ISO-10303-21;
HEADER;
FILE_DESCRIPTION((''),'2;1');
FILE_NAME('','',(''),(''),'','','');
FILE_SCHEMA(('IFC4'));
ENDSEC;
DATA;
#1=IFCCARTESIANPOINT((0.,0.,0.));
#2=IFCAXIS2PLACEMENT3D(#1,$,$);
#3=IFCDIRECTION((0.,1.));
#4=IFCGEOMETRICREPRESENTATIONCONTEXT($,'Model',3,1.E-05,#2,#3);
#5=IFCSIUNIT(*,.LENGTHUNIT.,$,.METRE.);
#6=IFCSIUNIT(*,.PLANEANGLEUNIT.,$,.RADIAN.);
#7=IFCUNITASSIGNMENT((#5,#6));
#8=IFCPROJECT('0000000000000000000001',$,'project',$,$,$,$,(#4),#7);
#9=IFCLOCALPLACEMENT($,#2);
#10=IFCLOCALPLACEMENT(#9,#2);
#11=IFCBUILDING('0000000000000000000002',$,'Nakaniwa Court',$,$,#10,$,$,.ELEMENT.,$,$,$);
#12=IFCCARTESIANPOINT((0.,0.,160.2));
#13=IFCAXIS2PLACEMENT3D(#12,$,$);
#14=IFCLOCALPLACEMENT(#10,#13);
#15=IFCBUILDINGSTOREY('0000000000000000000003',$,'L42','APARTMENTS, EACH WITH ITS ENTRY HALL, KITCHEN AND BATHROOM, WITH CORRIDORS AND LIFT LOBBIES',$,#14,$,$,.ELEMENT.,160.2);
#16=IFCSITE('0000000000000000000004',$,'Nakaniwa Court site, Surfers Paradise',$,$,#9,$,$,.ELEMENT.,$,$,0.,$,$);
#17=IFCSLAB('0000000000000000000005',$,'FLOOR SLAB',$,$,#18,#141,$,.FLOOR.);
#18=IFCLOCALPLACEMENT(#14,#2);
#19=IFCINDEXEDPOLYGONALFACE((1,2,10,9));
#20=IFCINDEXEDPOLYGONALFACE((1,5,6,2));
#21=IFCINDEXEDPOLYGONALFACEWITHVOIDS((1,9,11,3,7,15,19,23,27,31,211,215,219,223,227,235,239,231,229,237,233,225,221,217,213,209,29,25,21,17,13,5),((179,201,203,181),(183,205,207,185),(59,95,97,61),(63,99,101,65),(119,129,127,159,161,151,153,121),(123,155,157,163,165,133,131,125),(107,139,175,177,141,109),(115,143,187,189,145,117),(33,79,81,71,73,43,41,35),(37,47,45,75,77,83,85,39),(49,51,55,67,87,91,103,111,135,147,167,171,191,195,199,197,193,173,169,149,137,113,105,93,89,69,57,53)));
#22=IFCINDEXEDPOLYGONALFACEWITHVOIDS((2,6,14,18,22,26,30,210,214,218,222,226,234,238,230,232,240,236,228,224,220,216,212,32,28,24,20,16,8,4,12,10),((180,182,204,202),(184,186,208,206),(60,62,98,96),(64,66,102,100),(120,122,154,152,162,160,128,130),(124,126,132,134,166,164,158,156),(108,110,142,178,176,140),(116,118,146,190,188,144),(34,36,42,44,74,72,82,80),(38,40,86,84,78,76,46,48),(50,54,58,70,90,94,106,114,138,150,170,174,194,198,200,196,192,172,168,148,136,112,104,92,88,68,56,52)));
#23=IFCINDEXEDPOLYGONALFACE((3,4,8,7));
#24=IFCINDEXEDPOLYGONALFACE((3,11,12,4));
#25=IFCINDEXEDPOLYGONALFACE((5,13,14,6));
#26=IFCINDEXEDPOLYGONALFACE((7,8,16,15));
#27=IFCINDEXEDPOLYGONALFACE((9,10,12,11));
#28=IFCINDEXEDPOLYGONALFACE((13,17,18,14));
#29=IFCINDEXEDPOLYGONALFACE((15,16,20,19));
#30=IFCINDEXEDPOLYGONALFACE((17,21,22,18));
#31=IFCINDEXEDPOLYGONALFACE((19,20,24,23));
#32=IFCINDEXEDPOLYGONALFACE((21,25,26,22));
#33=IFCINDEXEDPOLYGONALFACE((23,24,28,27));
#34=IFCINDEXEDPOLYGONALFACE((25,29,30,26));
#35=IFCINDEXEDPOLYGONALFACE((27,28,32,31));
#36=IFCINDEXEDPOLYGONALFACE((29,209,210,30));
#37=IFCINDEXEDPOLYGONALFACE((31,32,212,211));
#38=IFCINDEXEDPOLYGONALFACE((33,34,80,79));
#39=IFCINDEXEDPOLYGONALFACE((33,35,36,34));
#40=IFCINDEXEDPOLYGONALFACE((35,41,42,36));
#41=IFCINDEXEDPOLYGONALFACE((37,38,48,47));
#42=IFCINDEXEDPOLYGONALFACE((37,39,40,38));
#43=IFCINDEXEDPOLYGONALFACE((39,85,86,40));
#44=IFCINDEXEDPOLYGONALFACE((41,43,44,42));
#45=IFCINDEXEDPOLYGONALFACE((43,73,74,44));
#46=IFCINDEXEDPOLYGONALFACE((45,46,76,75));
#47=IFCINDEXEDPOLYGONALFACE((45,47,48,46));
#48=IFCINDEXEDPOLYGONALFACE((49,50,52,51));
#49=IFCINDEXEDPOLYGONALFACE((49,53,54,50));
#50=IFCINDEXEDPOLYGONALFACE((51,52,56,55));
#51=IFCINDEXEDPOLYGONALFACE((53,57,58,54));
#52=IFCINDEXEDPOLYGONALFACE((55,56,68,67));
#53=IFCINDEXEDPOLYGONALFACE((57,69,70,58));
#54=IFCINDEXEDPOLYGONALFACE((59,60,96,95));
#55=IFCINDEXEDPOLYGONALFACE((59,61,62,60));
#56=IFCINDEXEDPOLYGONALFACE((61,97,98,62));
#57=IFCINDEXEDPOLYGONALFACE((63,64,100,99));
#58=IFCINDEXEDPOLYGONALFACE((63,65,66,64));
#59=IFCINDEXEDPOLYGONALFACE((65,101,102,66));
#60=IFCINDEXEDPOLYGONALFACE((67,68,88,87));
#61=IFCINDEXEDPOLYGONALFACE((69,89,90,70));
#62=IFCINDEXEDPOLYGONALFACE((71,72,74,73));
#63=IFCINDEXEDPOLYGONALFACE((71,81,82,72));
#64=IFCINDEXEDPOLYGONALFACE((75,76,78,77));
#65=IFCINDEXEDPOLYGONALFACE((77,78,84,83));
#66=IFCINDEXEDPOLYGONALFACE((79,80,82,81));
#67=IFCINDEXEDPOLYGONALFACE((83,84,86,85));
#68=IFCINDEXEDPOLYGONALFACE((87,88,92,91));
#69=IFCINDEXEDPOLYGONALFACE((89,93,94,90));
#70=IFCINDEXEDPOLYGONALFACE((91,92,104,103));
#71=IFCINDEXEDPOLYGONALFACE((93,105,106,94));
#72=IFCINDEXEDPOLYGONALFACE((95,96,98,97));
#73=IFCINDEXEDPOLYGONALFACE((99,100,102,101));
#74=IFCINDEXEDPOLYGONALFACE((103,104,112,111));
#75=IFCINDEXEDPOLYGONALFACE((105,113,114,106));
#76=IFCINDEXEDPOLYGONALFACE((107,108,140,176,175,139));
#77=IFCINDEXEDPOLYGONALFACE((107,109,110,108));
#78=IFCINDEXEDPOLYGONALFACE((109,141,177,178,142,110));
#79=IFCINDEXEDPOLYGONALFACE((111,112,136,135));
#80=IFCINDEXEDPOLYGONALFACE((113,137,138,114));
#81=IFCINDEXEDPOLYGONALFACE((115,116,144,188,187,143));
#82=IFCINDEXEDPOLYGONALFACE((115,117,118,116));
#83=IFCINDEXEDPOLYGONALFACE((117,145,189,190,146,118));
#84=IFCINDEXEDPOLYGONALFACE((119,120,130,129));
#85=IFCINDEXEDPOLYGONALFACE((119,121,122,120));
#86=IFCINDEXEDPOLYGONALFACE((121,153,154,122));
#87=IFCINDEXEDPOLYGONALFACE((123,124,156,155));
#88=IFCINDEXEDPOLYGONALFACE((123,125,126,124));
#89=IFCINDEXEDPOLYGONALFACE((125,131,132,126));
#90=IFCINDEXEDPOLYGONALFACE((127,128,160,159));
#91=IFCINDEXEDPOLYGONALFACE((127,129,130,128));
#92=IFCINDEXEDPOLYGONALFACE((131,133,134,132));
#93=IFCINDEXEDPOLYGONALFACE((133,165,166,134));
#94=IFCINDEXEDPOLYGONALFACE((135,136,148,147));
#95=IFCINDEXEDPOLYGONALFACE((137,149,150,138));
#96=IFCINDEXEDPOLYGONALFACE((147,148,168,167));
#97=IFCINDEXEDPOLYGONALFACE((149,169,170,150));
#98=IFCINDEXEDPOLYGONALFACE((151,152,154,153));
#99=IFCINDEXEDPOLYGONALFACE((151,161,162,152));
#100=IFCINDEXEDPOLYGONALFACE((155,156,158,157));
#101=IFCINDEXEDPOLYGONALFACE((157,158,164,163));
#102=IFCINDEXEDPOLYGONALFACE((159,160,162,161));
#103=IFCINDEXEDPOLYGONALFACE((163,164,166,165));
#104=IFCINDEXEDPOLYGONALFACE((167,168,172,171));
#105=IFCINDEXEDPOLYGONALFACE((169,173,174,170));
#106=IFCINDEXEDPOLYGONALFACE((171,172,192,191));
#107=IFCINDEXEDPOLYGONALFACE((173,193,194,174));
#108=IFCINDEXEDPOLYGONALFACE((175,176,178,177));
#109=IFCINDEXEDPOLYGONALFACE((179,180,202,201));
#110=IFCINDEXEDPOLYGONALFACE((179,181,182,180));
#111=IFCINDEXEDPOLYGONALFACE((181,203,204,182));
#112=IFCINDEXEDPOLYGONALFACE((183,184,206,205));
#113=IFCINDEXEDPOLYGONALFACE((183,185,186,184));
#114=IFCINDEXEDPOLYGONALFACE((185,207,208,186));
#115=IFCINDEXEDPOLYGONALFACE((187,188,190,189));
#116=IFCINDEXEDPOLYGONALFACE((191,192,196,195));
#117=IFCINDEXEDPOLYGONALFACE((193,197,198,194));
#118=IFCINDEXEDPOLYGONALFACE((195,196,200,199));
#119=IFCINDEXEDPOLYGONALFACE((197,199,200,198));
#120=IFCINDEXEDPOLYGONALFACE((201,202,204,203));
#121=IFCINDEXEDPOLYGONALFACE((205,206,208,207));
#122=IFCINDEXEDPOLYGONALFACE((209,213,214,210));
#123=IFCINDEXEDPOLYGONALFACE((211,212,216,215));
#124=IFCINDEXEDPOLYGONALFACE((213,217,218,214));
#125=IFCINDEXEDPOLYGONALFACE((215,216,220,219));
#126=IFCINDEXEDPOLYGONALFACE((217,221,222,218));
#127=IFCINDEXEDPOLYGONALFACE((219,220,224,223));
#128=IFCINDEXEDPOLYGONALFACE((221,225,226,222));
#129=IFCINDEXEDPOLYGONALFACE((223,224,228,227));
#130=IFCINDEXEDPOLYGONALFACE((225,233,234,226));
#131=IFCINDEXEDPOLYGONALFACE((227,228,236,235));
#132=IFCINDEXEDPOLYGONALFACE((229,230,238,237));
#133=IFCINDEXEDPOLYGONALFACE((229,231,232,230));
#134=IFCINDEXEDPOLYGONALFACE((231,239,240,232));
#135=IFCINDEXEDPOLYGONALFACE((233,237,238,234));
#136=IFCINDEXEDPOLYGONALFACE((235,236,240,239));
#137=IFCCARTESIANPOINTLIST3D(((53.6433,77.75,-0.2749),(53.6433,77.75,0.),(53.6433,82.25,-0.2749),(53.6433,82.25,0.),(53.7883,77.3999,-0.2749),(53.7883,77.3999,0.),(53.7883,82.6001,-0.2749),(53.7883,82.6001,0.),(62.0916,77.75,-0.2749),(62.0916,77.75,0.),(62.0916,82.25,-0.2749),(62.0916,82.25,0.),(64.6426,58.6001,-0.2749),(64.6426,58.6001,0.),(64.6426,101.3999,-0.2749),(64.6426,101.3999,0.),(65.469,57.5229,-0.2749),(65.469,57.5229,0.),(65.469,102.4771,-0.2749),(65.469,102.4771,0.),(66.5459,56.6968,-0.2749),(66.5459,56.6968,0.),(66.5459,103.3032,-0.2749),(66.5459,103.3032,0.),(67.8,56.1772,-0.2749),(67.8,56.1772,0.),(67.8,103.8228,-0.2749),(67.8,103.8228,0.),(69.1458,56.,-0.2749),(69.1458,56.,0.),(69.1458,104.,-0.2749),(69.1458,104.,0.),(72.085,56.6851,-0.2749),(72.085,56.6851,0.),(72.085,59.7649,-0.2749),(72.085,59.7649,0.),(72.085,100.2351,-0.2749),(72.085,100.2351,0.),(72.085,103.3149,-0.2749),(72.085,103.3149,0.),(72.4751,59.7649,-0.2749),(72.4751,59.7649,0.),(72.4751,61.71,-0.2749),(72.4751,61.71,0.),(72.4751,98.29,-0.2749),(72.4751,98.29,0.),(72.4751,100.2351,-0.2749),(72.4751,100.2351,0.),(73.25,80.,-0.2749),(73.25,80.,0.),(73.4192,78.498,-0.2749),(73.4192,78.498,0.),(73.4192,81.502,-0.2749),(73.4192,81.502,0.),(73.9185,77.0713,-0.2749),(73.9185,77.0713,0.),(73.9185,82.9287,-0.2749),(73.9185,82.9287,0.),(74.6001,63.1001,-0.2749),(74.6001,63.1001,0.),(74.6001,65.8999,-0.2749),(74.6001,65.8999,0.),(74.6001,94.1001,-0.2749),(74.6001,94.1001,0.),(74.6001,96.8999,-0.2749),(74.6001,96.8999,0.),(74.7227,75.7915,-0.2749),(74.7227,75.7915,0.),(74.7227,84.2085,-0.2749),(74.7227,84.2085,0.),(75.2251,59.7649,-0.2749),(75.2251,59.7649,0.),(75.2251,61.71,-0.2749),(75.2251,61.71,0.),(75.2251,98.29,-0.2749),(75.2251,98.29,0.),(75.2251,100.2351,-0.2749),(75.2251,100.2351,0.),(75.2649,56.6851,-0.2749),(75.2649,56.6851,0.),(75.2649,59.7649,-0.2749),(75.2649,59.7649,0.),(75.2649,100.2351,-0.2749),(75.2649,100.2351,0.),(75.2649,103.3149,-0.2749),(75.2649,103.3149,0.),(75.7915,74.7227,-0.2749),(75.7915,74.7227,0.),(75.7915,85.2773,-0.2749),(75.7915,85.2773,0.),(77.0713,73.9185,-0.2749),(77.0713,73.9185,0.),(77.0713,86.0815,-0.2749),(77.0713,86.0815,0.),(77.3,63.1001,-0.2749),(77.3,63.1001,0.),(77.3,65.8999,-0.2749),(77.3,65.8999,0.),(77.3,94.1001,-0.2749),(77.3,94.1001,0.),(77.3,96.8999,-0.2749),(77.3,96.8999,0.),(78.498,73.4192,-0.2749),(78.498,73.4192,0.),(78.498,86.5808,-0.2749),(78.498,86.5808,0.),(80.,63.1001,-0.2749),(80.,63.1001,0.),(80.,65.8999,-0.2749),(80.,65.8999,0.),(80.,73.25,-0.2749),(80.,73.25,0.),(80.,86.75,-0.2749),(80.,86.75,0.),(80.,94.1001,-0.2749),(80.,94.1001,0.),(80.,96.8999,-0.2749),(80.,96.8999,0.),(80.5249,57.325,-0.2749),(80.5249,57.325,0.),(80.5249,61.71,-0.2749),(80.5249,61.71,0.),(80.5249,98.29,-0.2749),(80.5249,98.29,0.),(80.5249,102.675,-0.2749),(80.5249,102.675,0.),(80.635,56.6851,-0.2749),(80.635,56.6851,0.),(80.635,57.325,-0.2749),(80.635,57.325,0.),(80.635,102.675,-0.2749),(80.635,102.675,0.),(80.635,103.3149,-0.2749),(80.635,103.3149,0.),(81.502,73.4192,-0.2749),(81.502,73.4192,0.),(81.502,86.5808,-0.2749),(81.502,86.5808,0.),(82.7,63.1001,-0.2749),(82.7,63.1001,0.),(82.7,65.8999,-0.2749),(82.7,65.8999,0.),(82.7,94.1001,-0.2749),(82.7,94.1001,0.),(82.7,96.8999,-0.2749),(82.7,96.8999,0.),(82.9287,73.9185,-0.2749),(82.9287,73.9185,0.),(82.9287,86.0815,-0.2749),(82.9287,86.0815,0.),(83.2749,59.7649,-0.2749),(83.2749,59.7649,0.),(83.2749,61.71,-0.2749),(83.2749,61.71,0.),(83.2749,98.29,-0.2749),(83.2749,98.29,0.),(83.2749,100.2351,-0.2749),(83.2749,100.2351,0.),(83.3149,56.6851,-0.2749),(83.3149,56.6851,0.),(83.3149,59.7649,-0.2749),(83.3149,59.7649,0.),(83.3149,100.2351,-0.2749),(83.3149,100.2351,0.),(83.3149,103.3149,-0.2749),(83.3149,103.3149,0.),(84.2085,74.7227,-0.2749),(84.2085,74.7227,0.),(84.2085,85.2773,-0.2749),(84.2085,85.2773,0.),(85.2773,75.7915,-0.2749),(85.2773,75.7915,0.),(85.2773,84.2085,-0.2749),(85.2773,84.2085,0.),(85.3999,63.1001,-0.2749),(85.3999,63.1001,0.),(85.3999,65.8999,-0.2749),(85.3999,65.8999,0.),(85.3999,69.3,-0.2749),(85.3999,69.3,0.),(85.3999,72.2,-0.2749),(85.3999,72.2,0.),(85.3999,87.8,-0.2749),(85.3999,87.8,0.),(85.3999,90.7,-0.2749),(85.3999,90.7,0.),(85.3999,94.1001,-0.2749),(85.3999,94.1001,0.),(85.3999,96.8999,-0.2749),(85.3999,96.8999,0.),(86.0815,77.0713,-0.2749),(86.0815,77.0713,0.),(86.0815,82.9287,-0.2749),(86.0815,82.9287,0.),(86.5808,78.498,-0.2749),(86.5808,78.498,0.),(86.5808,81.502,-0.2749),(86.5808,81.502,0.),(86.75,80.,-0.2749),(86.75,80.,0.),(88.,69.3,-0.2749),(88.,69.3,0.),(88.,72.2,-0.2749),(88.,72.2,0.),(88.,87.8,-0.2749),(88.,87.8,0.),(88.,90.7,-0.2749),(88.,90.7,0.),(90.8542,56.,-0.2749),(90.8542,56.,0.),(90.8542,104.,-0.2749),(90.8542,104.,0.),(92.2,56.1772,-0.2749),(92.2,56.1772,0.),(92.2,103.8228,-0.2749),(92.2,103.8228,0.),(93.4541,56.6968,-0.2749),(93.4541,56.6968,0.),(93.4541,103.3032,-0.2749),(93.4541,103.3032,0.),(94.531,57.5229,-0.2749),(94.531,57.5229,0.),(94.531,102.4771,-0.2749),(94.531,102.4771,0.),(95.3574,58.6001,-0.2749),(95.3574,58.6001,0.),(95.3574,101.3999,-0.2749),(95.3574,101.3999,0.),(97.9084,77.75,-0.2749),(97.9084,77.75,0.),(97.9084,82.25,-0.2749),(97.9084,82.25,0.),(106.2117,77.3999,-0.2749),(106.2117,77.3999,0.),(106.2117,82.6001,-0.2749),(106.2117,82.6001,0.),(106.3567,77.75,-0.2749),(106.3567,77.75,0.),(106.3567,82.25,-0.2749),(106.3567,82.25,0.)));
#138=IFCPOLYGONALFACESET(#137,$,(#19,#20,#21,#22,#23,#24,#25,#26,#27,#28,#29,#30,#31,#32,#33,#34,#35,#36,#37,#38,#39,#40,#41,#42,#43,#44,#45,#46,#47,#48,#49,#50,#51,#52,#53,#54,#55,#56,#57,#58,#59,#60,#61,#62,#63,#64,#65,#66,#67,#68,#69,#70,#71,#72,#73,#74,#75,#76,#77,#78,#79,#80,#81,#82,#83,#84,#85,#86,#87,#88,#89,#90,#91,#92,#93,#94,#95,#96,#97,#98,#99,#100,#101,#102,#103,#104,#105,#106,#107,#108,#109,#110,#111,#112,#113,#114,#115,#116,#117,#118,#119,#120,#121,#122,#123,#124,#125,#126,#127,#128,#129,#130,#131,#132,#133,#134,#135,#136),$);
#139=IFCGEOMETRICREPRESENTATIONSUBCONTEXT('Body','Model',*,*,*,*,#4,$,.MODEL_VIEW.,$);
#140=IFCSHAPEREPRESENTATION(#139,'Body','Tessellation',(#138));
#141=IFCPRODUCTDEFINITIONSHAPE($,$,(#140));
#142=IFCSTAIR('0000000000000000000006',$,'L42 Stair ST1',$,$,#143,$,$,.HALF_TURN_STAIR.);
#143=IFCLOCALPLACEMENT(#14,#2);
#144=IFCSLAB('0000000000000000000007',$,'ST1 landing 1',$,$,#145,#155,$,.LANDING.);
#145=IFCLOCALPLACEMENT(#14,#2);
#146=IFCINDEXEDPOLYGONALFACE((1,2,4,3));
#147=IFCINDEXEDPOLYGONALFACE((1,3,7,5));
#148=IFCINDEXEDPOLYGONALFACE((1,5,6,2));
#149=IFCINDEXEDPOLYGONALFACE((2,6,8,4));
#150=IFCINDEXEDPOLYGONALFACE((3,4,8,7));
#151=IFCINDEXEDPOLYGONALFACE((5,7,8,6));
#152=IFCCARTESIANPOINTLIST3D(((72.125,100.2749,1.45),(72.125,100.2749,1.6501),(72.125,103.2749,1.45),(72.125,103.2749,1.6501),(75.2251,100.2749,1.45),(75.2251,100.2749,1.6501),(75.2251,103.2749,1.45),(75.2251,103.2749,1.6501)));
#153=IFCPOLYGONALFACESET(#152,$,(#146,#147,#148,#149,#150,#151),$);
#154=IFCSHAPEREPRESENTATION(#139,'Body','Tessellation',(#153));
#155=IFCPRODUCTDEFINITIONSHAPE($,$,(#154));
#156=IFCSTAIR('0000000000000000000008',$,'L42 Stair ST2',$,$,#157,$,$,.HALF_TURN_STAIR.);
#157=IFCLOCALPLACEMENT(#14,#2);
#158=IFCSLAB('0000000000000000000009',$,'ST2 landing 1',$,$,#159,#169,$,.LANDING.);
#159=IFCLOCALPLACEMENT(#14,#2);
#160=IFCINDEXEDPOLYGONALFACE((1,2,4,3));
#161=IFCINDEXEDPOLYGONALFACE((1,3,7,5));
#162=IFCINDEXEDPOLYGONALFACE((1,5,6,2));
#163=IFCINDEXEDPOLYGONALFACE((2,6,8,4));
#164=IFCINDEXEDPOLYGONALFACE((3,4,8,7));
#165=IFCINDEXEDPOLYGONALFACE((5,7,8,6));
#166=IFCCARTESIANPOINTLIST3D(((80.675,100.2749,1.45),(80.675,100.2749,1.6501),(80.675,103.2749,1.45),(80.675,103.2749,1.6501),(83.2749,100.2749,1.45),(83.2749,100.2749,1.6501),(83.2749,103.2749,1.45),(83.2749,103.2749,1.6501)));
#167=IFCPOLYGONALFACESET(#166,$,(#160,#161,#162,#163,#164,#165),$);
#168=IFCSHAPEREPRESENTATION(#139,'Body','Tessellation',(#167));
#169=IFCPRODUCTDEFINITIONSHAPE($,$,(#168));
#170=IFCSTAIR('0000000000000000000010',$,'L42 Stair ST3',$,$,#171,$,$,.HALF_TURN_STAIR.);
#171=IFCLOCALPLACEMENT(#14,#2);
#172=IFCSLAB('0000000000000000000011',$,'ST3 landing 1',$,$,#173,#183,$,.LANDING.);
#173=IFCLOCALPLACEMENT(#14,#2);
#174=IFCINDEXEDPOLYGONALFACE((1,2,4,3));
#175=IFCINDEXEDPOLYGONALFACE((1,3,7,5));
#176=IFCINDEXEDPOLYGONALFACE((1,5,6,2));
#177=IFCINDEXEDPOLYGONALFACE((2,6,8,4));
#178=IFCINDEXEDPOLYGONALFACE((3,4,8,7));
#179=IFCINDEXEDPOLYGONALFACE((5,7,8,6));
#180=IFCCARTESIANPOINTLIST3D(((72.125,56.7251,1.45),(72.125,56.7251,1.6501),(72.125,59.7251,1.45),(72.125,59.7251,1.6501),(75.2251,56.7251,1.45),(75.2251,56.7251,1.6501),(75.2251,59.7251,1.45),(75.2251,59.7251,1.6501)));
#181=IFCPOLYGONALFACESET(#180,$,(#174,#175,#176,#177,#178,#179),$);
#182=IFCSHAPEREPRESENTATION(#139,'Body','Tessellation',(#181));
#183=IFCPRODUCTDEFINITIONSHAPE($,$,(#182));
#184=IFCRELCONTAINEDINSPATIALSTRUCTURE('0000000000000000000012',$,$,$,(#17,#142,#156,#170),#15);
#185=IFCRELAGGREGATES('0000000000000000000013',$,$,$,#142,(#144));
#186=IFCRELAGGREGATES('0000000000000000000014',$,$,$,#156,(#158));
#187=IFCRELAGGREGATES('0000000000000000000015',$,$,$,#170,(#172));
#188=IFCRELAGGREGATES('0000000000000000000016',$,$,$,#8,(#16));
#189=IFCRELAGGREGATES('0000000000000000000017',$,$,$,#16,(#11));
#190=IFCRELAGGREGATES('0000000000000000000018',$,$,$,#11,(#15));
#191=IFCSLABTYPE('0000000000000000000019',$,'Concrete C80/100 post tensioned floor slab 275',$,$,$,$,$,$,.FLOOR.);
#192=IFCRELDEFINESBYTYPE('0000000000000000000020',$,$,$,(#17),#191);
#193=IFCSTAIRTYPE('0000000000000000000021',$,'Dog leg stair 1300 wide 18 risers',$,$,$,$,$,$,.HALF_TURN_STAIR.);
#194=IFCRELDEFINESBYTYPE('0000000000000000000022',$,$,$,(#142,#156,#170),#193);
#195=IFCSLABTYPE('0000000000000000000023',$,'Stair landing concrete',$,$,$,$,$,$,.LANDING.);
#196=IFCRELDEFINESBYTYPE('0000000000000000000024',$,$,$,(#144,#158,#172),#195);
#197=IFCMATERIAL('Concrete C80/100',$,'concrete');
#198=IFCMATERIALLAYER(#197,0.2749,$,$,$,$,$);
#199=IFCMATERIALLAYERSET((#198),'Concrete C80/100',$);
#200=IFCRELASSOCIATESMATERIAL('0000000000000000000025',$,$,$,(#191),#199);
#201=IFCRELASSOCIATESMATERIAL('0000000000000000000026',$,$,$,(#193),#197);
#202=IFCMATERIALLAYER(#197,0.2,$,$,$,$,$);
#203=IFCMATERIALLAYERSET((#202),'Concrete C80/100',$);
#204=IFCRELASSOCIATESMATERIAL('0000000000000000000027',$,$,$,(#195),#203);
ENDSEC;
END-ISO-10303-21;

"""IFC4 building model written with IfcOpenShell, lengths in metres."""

from ifc_helpers import new_model, si_unit, direction, frame, origin, place, context, subcontext, project, spatial, polyline, outline, extrude, material, layer, layer_set, type_object, element, aggregate, save


model = new_model("IFC4")

# Units and contexts
model_context = context("Model", 3, precision=1e-05, world=origin(), true_north=direction((0.0, 1.0)))
body_context = subcontext(model_context, "Body", "Model", "MODEL_VIEW")
ifc_project = project(units=[si_unit("LENGTHUNIT", "METRE"), si_unit("PLANEANGLEUNIT", "RADIAN")], contexts=[model_context])

# Site, building, storey
site_placement = place(None, origin())
site = spatial("IfcSite", under=ifc_project, at=site_placement, Name="Nakaniwa Court site, Surfers Paradise", CompositionType="ELEMENT", RefElevation=0.0)
building_placement = place(site_placement, origin())
building = spatial("IfcBuilding", under=site, at=building_placement, Name="Nakaniwa Court", CompositionType="ELEMENT")
storey_placement = place(building_placement, frame((0.0, 0.0, 160.2)))
storey = spatial("IfcBuildingStorey", under=building, at=storey_placement, Name="L42", Description="APARTMENTS, EACH WITH ITS ENTRY HALL, KITCHEN AND BATHROOM, WITH CORRIDORS AND LIFT LOBBIES", CompositionType="ELEMENT", Elevation=160.2)

# Shared definitions
ifc_material_1 = material(Name="Concrete C80/100", Category="concrete")

# Slab
ifc_layer_1 = layer(ifc_material_1, 0.2749)
ifc_layer_set_1 = layer_set([ifc_layer_1], Name="Concrete C80/100")
slab_type_1 = type_object("IfcSlabType", Name="Concrete C80/100 post tensioned floor slab 275", PredefinedType="FLOOR", material=ifc_layer_set_1)
slab_1_placement = place(storey_placement, frame((0.0, 0.0, -0.2749)))
element("IfcSlab", 1, at=slab_1_placement, inside=storey, type_object=slab_type_1, Name="FLOOR SLAB", PredefinedType="FLOOR", context=body_context, shape_type="SweptSolid", body=[
    extrude(outline(polyline([(97.9084, 82.25), (106.3567, 82.25), (106.2117, 82.6001), (95.3574, 101.3999), (94.531, 102.4771), (93.4541, 103.3032), (92.2, 103.8228), (90.8542, 104.0), (69.1458, 104.0), (67.8, 103.8228), (66.5459, 103.3032), (65.469, 102.4771), (64.6426, 101.3999), (53.7883, 82.6001), (53.6433, 82.25), (62.0916, 82.25), (62.0916, 77.75), (53.6433, 77.75), (53.7883, 77.3999), (64.6426, 58.6001), (65.469, 57.5229), (66.5459, 56.6968), (67.8, 56.1772), (69.1458, 56.0), (90.8542, 56.0), (92.2, 56.1772), (93.4541, 56.6968), (94.531, 57.5229), (95.3574, 58.6001), (106.2117, 77.3999), (106.3567, 77.75), (97.9084, 77.75), (97.9084, 82.25)]), holes=[polyline([(81.502, 86.5808), (80.0, 86.75), (78.498, 86.5808), (77.0713, 86.0815), (75.7915, 85.2773), (74.7227, 84.2085), (73.9185, 82.9287), (73.4192, 81.502), (73.25, 80.0), (73.4192, 78.498), (73.9185, 77.0713), (74.7227, 75.7915), (75.7915, 74.7227), (77.0713, 73.9185), (78.498, 73.4192), (80.0, 73.25), (81.502, 73.4192), (82.9287, 73.9185), (84.2085, 74.7227), (85.2773, 75.7915), (86.0815, 77.0713), (86.5808, 78.498), (86.75, 80.0), (86.5808, 81.502), (86.0815, 82.9287), (85.2773, 84.2085), (84.2085, 85.2773), (82.9287, 86.0815), (81.502, 86.5808)]), polyline([(72.4751, 61.71), (72.4751, 59.7649), (72.085, 59.7649), (72.085, 56.6851), (75.2649, 56.6851), (75.2649, 59.7649), (75.2251, 59.7649), (75.2251, 61.71), (72.4751, 61.71)]), polyline([(77.3, 65.8999), (74.6001, 65.8999), (74.6001, 63.1001), (77.3, 63.1001), (77.3, 65.8999)]), polyline([(80.0, 65.8999), (80.0, 63.1001), (82.7, 63.1001), (85.3999, 63.1001), (85.3999, 65.8999), (82.7, 65.8999), (80.0, 65.8999)]), polyline([(77.3, 96.8999), (74.6001, 96.8999), (74.6001, 94.1001), (77.3, 94.1001), (77.3, 96.8999)]), polyline([(80.0, 96.8999), (80.0, 94.1001), (82.7, 94.1001), (85.3999, 94.1001), (85.3999, 96.8999), (82.7, 96.8999), (80.0, 96.8999)]), polyline([(75.2649, 100.2351), (75.2649, 103.3149), (72.085, 103.3149), (72.085, 100.2351), (72.4751, 100.2351), (72.4751, 98.29), (75.2251, 98.29), (75.2251, 100.2351), (75.2649, 100.2351)]), polyline([(83.2749, 61.71), (80.5249, 61.71), (80.5249, 57.325), (80.635, 57.325), (80.635, 56.6851), (83.3149, 56.6851), (83.3149, 59.7649), (83.2749, 59.7649), (83.2749, 61.71)]), polyline([(88.0, 72.2), (85.3999, 72.2), (85.3999, 69.3), (88.0, 69.3), (88.0, 72.2)]), polyline([(88.0, 90.7), (85.3999, 90.7), (85.3999, 87.8), (88.0, 87.8), (88.0, 90.7)]), polyline([(83.3149, 100.2351), (83.3149, 103.3149), (80.635, 103.3149), (80.635, 102.675), (80.5249, 102.675), (80.5249, 98.29), (83.2749, 98.29), (83.2749, 100.2351), (83.3149, 100.2351)])]), origin(), (0.0, 0.0, 1.0), 0.2749),
])

# Stairs, slabs
stair_type = type_object("IfcStairType", Name="Dog leg stair 1300 wide 18 risers", PredefinedType="HALF_TURN_STAIR", material=ifc_material_1)
stair_1_placement = place(storey_placement, origin())
stair_1 = element("IfcStair", 2, at=stair_1_placement, inside=storey, type_object=stair_type, Name="L42 Stair ST1", PredefinedType="HALF_TURN_STAIR")
ifc_layer_2 = layer(ifc_material_1, 0.2)
ifc_layer_set_2 = layer_set([ifc_layer_2], Name="Concrete C80/100")
slab_type_2 = type_object("IfcSlabType", Name="Stair landing concrete", PredefinedType="LANDING", material=ifc_layer_set_2)
slab_2_placement = place(storey_placement, frame((0.0, 0.0, 1.45)))
slab_2 = element("IfcSlab", 3, at=slab_2_placement, type_object=slab_type_2, Name="ST1 landing 1", PredefinedType="LANDING", context=body_context, shape_type="SweptSolid", body=[
    extrude(outline(polyline([(75.2251, 100.2749), (75.2251, 103.2749), (72.125, 103.2749), (72.125, 100.2749), (75.2251, 100.2749)])), origin(), (0.0, 0.0, 1.0), 0.2002),
])
aggregate(stair_1, [slab_2])
stair_2_placement = place(storey_placement, origin())
stair_2 = element("IfcStair", 4, at=stair_2_placement, inside=storey, type_object=stair_type, Name="L42 Stair ST2", PredefinedType="HALF_TURN_STAIR")
slab_3_placement = place(storey_placement, frame((0.0, 0.0, 1.45)))
slab_3 = element("IfcSlab", 5, at=slab_3_placement, type_object=slab_type_2, Name="ST2 landing 1", PredefinedType="LANDING", context=body_context, shape_type="SweptSolid", body=[
    extrude(outline(polyline([(83.2749, 100.2749), (83.2749, 103.2749), (80.675, 103.2749), (80.675, 100.2749), (83.2749, 100.2749)])), origin(), (0.0, 0.0, 1.0), 0.2002),
])
aggregate(stair_2, [slab_3])
stair_3_placement = place(storey_placement, origin())
stair_3 = element("IfcStair", 6, at=stair_3_placement, inside=storey, type_object=stair_type, Name="L42 Stair ST3", PredefinedType="HALF_TURN_STAIR")
slab_4_placement = place(storey_placement, frame((0.0, 0.0, 1.45)))
slab_4 = element("IfcSlab", 7, at=slab_4_placement, type_object=slab_type_2, Name="ST3 landing 1", PredefinedType="LANDING", context=body_context, shape_type="SweptSolid", body=[
    extrude(outline(polyline([(75.2251, 56.7251), (75.2251, 59.7251), (72.125, 59.7251), (72.125, 56.7251), (75.2251, 56.7251)])), origin(), (0.0, 0.0, 1.0), 0.2002),
])
aggregate(stair_3, [slab_4])

save(model, "model.ifc")
